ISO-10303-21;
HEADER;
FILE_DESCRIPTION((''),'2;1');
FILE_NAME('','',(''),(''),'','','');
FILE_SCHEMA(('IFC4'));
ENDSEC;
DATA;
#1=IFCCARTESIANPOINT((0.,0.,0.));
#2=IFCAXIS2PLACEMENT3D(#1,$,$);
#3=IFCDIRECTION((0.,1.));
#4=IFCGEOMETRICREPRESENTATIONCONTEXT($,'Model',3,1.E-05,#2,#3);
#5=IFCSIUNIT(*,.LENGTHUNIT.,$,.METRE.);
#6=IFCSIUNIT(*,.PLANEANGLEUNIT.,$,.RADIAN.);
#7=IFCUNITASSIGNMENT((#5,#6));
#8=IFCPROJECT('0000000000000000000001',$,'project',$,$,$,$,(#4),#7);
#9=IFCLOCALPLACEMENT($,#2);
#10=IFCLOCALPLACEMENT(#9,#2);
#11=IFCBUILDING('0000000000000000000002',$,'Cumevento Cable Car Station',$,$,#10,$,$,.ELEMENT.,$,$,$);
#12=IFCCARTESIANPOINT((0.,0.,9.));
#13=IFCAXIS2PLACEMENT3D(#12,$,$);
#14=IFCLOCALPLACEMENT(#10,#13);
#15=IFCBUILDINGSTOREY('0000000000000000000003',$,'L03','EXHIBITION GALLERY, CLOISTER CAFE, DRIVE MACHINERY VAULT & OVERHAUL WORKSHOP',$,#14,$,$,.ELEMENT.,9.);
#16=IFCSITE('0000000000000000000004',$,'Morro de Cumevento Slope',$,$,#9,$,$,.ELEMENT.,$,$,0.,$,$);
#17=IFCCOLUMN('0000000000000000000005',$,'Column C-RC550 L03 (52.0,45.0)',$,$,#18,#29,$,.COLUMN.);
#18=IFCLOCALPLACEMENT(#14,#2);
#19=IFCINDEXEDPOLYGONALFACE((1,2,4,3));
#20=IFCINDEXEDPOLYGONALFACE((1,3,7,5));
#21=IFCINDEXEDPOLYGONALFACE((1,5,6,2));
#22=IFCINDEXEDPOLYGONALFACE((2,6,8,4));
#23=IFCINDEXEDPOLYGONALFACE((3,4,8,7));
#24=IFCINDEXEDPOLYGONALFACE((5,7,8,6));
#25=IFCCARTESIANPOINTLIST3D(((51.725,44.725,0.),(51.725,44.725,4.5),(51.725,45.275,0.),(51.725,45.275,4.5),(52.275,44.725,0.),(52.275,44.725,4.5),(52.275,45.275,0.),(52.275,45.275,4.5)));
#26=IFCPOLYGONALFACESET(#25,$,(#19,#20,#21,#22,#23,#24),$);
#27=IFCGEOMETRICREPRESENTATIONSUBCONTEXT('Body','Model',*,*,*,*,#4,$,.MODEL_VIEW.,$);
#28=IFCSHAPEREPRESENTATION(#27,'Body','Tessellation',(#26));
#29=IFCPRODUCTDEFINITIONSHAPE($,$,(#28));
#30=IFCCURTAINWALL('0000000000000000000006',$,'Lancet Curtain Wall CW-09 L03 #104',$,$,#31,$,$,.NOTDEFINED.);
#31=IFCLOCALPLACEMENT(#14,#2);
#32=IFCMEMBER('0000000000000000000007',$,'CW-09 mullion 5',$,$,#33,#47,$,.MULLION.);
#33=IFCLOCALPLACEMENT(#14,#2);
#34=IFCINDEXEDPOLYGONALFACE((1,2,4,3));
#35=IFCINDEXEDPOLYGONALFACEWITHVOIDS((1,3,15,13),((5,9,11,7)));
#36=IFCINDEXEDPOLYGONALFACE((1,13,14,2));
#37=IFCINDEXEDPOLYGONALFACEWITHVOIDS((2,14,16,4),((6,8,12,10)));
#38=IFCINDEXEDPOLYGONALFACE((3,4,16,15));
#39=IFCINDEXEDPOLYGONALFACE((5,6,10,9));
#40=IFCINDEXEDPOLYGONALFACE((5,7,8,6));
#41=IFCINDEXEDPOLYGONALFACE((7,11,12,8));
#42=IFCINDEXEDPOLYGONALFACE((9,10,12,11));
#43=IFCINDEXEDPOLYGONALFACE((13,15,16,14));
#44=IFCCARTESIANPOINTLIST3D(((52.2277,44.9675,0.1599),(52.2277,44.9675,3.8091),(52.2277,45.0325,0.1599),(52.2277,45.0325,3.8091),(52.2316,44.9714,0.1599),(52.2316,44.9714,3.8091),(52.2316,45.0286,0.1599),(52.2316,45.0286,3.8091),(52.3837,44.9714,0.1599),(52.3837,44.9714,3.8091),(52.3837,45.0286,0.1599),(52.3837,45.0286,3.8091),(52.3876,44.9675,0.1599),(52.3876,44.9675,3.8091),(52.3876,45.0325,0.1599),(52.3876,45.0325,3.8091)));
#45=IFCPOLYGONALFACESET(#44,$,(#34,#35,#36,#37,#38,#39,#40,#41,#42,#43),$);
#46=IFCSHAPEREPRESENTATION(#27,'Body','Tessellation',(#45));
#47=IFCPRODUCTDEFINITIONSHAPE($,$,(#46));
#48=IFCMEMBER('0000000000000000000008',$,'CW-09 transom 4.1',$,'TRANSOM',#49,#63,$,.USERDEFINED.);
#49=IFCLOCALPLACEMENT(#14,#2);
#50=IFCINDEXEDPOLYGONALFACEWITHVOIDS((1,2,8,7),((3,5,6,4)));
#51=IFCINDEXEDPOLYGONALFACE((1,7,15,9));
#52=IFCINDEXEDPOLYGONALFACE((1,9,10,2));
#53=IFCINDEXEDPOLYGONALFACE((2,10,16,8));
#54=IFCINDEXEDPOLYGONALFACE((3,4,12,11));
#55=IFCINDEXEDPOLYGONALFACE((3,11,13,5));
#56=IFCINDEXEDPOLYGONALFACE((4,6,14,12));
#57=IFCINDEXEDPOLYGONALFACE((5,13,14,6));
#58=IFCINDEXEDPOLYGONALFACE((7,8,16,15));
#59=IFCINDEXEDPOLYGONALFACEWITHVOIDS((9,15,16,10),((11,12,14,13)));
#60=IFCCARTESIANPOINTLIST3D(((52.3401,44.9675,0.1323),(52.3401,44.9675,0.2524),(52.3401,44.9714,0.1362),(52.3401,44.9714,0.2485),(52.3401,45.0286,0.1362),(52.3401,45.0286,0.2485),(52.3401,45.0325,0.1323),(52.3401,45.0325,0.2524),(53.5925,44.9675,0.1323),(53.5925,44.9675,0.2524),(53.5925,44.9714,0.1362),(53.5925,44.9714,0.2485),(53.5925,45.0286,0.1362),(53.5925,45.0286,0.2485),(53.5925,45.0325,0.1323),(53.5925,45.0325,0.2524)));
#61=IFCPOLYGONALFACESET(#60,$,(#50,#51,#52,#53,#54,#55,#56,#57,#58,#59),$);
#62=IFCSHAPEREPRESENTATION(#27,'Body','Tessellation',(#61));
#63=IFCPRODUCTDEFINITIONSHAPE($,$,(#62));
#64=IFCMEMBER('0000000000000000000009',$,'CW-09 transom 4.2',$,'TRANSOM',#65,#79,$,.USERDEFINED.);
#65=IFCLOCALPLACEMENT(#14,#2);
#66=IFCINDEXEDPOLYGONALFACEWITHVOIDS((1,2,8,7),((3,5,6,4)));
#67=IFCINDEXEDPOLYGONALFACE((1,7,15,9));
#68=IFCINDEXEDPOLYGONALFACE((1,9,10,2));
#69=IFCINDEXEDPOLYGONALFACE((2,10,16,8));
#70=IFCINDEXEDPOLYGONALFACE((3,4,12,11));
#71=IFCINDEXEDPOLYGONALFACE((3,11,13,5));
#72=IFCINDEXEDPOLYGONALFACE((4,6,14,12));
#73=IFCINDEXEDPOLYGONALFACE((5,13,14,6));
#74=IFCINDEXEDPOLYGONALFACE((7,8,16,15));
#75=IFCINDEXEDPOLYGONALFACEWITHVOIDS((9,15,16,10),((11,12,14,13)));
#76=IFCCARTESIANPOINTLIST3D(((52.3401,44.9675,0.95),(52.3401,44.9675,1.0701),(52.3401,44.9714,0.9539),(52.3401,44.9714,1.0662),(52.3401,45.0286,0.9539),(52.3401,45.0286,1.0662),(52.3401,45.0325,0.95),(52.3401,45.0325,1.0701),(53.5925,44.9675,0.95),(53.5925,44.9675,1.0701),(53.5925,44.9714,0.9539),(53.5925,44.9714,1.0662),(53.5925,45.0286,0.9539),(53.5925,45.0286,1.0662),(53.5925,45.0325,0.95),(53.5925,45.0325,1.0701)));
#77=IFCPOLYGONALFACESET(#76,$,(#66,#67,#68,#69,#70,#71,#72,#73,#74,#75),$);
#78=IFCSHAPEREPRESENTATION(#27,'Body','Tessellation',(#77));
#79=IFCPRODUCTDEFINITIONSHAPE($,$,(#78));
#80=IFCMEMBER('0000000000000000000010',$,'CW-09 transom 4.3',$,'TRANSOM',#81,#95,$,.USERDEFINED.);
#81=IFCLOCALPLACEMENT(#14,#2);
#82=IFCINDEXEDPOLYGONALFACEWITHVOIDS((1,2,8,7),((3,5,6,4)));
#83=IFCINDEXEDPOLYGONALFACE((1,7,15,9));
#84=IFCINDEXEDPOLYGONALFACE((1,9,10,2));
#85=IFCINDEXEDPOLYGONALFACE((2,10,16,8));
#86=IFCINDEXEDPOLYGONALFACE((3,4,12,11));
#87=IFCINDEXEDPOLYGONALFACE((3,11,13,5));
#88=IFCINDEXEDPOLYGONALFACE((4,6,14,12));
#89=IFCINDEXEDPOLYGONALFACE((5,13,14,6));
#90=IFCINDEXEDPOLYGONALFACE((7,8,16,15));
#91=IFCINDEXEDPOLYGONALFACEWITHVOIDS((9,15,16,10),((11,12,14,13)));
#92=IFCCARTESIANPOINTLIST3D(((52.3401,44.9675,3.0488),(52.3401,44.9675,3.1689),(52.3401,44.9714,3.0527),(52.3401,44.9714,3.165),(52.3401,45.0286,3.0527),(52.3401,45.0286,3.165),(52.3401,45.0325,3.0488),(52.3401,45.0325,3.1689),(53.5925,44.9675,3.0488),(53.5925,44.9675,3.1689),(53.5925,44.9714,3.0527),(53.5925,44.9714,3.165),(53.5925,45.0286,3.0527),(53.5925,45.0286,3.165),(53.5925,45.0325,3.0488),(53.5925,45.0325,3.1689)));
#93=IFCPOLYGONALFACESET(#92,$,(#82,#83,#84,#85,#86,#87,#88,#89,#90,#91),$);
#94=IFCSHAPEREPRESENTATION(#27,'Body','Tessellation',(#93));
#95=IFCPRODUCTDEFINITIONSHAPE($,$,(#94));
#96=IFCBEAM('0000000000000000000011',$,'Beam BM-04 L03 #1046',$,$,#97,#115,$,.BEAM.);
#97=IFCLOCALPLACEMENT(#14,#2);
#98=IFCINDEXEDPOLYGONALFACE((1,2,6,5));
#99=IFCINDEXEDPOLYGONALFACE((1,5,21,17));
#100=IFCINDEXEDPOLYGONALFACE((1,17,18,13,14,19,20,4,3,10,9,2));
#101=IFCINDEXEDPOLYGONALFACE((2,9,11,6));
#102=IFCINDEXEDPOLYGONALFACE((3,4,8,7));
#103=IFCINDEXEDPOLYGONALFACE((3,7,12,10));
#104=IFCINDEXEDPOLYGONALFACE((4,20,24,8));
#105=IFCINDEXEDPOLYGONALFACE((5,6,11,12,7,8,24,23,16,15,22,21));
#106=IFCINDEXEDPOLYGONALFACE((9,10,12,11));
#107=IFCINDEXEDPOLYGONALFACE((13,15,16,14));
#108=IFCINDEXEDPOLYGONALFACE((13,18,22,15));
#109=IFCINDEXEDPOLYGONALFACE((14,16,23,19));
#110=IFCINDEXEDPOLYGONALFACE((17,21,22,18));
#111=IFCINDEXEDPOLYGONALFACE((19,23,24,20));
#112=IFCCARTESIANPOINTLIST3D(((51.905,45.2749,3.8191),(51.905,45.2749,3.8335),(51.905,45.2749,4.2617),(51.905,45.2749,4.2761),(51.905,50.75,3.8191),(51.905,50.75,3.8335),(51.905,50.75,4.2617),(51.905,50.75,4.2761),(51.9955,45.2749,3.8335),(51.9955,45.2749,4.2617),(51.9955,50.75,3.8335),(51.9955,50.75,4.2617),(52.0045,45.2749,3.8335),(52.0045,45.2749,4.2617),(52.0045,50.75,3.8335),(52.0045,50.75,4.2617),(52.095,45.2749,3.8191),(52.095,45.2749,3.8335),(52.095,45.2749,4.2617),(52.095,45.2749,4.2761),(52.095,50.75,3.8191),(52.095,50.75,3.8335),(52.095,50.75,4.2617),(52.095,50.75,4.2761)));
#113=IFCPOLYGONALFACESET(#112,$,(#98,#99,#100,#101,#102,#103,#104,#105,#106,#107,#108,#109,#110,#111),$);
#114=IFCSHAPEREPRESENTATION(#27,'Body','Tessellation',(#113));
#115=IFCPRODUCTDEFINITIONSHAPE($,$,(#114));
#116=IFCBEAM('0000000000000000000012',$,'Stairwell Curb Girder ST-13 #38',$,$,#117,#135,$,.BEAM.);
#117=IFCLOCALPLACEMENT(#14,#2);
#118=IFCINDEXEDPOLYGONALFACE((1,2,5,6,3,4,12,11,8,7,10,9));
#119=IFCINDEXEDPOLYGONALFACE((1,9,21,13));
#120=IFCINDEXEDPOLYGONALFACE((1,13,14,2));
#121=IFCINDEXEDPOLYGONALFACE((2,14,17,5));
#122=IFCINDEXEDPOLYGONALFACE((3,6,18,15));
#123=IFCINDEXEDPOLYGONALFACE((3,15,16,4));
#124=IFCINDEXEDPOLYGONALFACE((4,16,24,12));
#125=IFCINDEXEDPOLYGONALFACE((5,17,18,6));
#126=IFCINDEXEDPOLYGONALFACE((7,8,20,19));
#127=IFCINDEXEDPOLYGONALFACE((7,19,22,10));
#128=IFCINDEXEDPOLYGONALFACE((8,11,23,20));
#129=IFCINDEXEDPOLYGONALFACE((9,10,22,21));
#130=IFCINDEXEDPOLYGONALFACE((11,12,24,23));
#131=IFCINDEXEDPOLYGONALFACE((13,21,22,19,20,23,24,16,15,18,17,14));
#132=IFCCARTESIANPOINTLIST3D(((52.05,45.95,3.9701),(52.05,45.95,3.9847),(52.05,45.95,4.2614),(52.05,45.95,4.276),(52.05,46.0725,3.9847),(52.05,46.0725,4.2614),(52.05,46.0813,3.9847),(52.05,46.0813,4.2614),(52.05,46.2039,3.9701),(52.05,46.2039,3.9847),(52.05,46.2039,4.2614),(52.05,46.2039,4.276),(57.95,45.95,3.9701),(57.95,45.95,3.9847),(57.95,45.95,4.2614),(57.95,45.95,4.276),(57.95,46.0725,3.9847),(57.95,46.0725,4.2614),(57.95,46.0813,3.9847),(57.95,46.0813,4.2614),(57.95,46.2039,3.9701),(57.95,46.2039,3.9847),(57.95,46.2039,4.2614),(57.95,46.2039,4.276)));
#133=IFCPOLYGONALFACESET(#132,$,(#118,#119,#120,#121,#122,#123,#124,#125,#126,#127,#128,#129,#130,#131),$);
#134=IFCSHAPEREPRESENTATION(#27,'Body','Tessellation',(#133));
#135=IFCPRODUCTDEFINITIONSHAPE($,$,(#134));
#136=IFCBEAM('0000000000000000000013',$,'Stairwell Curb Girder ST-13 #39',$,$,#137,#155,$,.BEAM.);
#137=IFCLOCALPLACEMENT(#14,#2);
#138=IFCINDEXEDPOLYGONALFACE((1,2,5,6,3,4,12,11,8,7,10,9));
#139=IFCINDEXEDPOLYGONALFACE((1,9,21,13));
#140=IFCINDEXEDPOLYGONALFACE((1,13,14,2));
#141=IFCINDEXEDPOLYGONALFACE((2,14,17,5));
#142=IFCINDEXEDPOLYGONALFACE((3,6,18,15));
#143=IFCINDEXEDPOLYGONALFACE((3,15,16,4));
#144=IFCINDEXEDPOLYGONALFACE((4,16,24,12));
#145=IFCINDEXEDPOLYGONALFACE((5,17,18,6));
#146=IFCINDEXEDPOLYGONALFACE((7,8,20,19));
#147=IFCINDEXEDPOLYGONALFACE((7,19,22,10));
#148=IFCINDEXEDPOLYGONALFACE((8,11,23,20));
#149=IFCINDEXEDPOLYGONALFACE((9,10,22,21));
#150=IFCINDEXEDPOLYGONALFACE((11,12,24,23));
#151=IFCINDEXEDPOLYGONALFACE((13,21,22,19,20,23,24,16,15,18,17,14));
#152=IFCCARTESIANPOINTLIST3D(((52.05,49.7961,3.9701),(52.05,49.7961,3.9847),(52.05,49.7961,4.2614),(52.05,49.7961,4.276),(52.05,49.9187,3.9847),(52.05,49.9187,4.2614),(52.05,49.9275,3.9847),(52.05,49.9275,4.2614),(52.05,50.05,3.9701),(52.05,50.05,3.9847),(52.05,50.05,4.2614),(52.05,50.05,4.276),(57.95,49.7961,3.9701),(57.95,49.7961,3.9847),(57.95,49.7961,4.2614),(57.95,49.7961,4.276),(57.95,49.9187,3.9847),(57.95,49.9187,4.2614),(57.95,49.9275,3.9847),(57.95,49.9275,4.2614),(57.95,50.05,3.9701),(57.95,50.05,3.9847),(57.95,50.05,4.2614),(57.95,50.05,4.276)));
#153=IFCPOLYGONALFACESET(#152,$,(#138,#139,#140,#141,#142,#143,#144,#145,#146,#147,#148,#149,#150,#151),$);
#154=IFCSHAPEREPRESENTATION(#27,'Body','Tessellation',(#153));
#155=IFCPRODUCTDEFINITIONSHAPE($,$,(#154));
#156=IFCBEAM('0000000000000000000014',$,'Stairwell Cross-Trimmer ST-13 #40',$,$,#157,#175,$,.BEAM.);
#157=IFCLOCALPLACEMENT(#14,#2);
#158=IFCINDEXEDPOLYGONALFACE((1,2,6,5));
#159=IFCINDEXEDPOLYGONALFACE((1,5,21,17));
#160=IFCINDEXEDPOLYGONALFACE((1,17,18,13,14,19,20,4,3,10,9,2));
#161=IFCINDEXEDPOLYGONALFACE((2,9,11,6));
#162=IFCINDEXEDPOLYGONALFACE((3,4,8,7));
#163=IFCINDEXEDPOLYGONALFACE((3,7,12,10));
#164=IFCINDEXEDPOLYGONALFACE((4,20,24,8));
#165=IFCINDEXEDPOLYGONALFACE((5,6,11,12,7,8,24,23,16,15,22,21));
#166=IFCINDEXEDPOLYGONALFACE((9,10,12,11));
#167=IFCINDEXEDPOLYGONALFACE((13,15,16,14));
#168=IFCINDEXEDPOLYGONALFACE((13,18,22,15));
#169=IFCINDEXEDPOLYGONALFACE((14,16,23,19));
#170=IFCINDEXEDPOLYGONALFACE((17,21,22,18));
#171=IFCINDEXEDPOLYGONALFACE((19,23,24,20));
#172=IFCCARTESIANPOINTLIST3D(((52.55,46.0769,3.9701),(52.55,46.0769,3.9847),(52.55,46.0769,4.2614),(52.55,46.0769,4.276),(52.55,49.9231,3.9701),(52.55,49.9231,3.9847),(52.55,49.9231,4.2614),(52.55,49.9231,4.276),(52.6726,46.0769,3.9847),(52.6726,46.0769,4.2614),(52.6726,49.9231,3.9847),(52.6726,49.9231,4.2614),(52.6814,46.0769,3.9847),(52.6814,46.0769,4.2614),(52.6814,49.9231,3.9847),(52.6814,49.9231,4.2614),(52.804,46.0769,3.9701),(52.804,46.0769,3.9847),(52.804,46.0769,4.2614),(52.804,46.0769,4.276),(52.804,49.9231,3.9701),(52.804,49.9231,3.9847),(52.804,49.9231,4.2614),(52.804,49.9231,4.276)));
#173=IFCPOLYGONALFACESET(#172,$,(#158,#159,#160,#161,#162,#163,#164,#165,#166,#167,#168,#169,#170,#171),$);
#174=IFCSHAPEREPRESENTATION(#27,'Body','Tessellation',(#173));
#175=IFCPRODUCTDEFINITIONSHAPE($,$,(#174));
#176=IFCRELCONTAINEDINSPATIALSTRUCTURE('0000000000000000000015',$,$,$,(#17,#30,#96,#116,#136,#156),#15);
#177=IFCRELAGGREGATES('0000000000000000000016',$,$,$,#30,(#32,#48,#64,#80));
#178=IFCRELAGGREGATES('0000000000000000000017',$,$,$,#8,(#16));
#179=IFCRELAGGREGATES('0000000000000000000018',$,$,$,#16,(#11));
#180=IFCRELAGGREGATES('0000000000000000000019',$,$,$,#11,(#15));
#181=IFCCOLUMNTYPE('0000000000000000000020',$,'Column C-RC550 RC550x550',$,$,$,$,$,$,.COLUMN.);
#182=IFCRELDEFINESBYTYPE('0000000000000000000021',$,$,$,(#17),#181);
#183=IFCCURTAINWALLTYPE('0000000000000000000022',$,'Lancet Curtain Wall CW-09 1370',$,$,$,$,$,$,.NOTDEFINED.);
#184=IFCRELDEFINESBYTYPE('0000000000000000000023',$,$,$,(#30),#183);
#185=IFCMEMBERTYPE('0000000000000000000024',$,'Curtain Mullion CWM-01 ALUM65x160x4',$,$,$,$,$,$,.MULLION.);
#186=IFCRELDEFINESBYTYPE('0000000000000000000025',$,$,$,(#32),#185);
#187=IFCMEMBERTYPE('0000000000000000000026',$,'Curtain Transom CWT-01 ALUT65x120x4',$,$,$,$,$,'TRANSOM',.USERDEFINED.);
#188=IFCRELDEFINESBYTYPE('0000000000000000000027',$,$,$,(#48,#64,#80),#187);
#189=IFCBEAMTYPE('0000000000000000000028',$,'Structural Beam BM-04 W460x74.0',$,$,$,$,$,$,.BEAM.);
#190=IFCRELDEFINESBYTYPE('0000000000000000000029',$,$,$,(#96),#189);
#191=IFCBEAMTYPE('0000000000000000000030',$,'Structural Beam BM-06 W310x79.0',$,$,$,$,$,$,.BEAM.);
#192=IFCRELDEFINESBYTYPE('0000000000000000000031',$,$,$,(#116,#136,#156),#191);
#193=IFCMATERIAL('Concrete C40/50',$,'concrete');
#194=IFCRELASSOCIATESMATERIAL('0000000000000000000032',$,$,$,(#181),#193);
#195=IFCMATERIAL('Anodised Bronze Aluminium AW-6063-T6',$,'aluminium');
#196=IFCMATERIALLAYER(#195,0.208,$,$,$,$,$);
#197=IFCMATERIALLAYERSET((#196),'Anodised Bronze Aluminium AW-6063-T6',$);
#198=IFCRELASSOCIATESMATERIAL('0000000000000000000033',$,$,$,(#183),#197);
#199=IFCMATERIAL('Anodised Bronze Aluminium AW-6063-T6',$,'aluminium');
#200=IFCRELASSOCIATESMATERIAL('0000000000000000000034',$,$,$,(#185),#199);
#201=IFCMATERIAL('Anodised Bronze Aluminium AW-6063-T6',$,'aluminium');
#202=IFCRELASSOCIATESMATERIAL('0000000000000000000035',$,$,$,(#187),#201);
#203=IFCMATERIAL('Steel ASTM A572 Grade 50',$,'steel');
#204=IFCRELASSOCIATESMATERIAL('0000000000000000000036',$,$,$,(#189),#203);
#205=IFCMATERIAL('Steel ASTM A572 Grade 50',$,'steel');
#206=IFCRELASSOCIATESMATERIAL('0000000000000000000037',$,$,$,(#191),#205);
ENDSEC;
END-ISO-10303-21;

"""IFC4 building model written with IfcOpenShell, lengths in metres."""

from ifc_helpers import new_model, si_unit, direction, frame, origin, origin_2d, place, context, subcontext, project, spatial, rectangle, hollow_rectangle, i_section, extrude, material, layer, layer_set, material_profile, profile_set, type_object, element, aggregate, save


model = new_model("IFC4")

# Units and contexts
model_context = context("Model", 3, precision=1e-05, world=origin(), true_north=direction((0.0, 1.0)))
body_context = subcontext(model_context, "Body", "Model", "MODEL_VIEW")
ifc_project = project(units=[si_unit("LENGTHUNIT", "METRE"), si_unit("PLANEANGLEUNIT", "RADIAN")], contexts=[model_context])

# Site, building, storey
site_placement = place(None, origin())
site = spatial("IfcSite", under=ifc_project, at=site_placement, Name="Morro de Cumevento Slope", CompositionType="ELEMENT", RefElevation=0.0)
building_placement = place(site_placement, origin())
building = spatial("IfcBuilding", under=site, at=building_placement, Name="Cumevento Cable Car Station", CompositionType="ELEMENT")
storey_placement = place(building_placement, frame((0.0, 0.0, 9.0)))
storey = spatial("IfcBuildingStorey", under=building, at=storey_placement, Name="L03", Description="EXHIBITION GALLERY, CLOISTER CAFE, DRIVE MACHINERY VAULT & OVERHAUL WORKSHOP", CompositionType="ELEMENT", Elevation=9.0)

# Column
ifc_material_1 = material(Name="Concrete C40/50", Category="concrete")
ifc_material_profile_1 = material_profile(ifc_material_1, rectangle(XDim=0.55, YDim=0.55, at=origin_2d()), Name="RC550x550")
ifc_profile_set_1 = profile_set([ifc_material_profile_1], Name="Concrete C40/50")
column_type = type_object("IfcColumnType", Name="Column C-RC550 RC550x550", PredefinedType="COLUMN", material=ifc_profile_set_1)
column_placement = place(storey_placement, frame((52.0, 45.0, 0.0), z_axis=(0.0, 0.0, 1.0), x_axis=(1.0, 0.0, 0.0)))
element("IfcColumn", 1, at=column_placement, inside=storey, type_object=column_type, Name="Column C-RC550 L03 (52.0,45.0)", PredefinedType="COLUMN", context=body_context, shape_type="SweptSolid", body=[
    extrude(rectangle(XDim=0.55, YDim=0.55, at=origin_2d()), origin(), (0.0, 0.0, 1.0), 4.5),
])

# Curtain wall, members
ifc_material_2 = material(Name="Anodised Bronze Aluminium AW-6063-T6", Category="aluminium")
ifc_layer_1 = layer(ifc_material_2, 0.208)
ifc_layer_set_1 = layer_set([ifc_layer_1], Name="Anodised Bronze Aluminium AW-6063-T6")
curtain_wall_type = type_object("IfcCurtainWallType", Name="Lancet Curtain Wall CW-09 1370", PredefinedType="NOTDEFINED", material=ifc_layer_set_1)
curtain_wall_placement = place(storey_placement, origin())
curtain_wall = element("IfcCurtainWall", 2, at=curtain_wall_placement, inside=storey, type_object=curtain_wall_type, Name="Lancet Curtain Wall CW-09 L03 #104", PredefinedType="NOTDEFINED")
ifc_material_3 = material(Name="Anodised Bronze Aluminium AW-6063-T6", Category="aluminium")
ifc_material_profile_2 = material_profile(ifc_material_3, hollow_rectangle(XDim=0.0649, YDim=0.1599, WallThickness=0.0039, at=origin_2d()), Name="ALUM65x160x4")
ifc_profile_set_2 = profile_set([ifc_material_profile_2], Name="Anodised Bronze Aluminium AW-6063-T6")
member_type_1 = type_object("IfcMemberType", Name="Curtain Mullion CWM-01 ALUM65x160x4", PredefinedType="MULLION", material=ifc_profile_set_2)
member_1_placement = place(storey_placement, frame((52.3076, 45.0, 0.1599), z_axis=(0.0, 0.0, 1.0), x_axis=(0.0, -1.0, 0.0)))
member_1 = element("IfcMember", 3, at=member_1_placement, type_object=member_type_1, Name="CW-09 mullion 5", PredefinedType="MULLION", context=body_context, shape_type="SweptSolid", body=[
    extrude(hollow_rectangle(XDim=0.0649, YDim=0.1599, WallThickness=0.0039, at=origin_2d()), origin(), (0.0, 0.0, 1.0), 3.6492),
])
ifc_material_4 = material(Name="Anodised Bronze Aluminium AW-6063-T6", Category="aluminium")
ifc_material_profile_3 = material_profile(ifc_material_4, hollow_rectangle(XDim=0.0649, YDim=0.1201, WallThickness=0.0039, at=origin_2d()), Name="ALUT65x120x4")
ifc_profile_set_3 = profile_set([ifc_material_profile_3], Name="Anodised Bronze Aluminium AW-6063-T6")
member_type_2 = type_object("IfcMemberType", Name="Curtain Transom CWT-01 ALUT65x120x4", ElementType="TRANSOM", PredefinedType="USERDEFINED", material=ifc_profile_set_3)
member_2_placement = place(storey_placement, frame((53.5925, 45.0, 0.1924), z_axis=(-1.0, 0.0, 0.0), x_axis=(0.0, -1.0, 0.0)))
member_2 = element("IfcMember", 4, at=member_2_placement, type_object=member_type_2, Name="CW-09 transom 4.1", ObjectType="TRANSOM", PredefinedType="USERDEFINED", context=body_context, shape_type="SweptSolid", body=[
    extrude(hollow_rectangle(XDim=0.0649, YDim=0.1201, WallThickness=0.0039, at=origin_2d()), origin(), (0.0, 0.0, 1.0), 1.2524),
])
member_3_placement = place(storey_placement, frame((53.5925, 45.0, 1.01), z_axis=(-1.0, 0.0, 0.0), x_axis=(0.0, -1.0, 0.0)))
member_3 = element("IfcMember", 5, at=member_3_placement, type_object=member_type_2, Name="CW-09 transom 4.2", ObjectType="TRANSOM", PredefinedType="USERDEFINED", context=body_context, shape_type="SweptSolid", body=[
    extrude(hollow_rectangle(XDim=0.0649, YDim=0.1201, WallThickness=0.0039, at=origin_2d()), origin(), (0.0, 0.0, 1.0), 1.2524),
])
member_4_placement = place(storey_placement, frame((53.5925, 45.0, 3.1089), z_axis=(-1.0, 0.0, 0.0), x_axis=(0.0, -1.0, 0.0)))
member_4 = element("IfcMember", 6, at=member_4_placement, type_object=member_type_2, Name="CW-09 transom 4.3", ObjectType="TRANSOM", PredefinedType="USERDEFINED", context=body_context, shape_type="SweptSolid", body=[
    extrude(hollow_rectangle(XDim=0.0649, YDim=0.1201, WallThickness=0.0039, at=origin_2d()), origin(), (0.0, 0.0, 1.0), 1.2524),
])

# Beams
ifc_material_5 = material(Name="Steel ASTM A572 Grade 50", Category="steel")
ifc_material_profile_4 = material_profile(ifc_material_5, i_section(OverallWidth=0.1899, OverallDepth=0.457, WebThickness=0.009, FlangeThickness=0.0144, at=origin_2d()), Name="W460x74.0")
ifc_profile_set_4 = profile_set([ifc_material_profile_4], Name="Steel ASTM A572 Grade 50")
beam_type_1 = type_object("IfcBeamType", Name="Structural Beam BM-04 W460x74.0", PredefinedType="BEAM", material=ifc_profile_set_4)
beam_1_placement = place(storey_placement, frame((52.0, 45.2749, 4.0476), z_axis=(0.0, 1.0, 0.0), x_axis=(-1.0, 0.0, 0.0)))
element("IfcBeam", 7, at=beam_1_placement, inside=storey, type_object=beam_type_1, Name="Beam BM-04 L03 #1046", PredefinedType="BEAM", context=body_context, shape_type="SweptSolid", body=[
    extrude(i_section(OverallWidth=0.1899, OverallDepth=0.457, WebThickness=0.009, FlangeThickness=0.0144, at=origin_2d()), origin(), (0.0, 0.0, 1.0), 5.4751),
])
ifc_material_6 = material(Name="Steel ASTM A572 Grade 50", Category="steel")
ifc_material_profile_5 = material_profile(ifc_material_6, i_section(OverallWidth=0.2539, OverallDepth=0.3059, WebThickness=0.0088, FlangeThickness=0.0146, at=origin_2d()), Name="W310x79.0")
ifc_profile_set_5 = profile_set([ifc_material_profile_5], Name="Steel ASTM A572 Grade 50")
beam_type_2 = type_object("IfcBeamType", Name="Structural Beam BM-06 W310x79.0", PredefinedType="BEAM", material=ifc_profile_set_5)
for number, where, z_axis, x_axis, name in (
    (8, (52.05, 46.0769, 4.123), (1.0, 0.0, 0.0), (0.0, 1.0, 0.0), "Stairwell Curb Girder ST-13 #38"),
    (9, (52.05, 49.9231, 4.123), (1.0, 0.0, 0.0), (0.0, 1.0, 0.0), "Stairwell Curb Girder ST-13 #39"),
):
    element("IfcBeam", number, at=place(storey_placement, frame(where, z_axis=z_axis, x_axis=x_axis)), inside=storey, type_object=beam_type_2, Name=name, PredefinedType="BEAM", context=body_context, shape_type="SweptSolid", body=[
        extrude(i_section(OverallWidth=0.2539, OverallDepth=0.3059, WebThickness=0.0088, FlangeThickness=0.0146, at=origin_2d()), origin(), (0.0, 0.0, 1.0), 5.8999),
    ])
beam_2_placement = place(storey_placement, frame((52.677, 46.0769, 4.123), z_axis=(0.0, 1.0, 0.0), x_axis=(-1.0, 0.0, 0.0)))
element("IfcBeam", 10, at=beam_2_placement, inside=storey, type_object=beam_type_2, Name="Stairwell Cross-Trimmer ST-13 #40", PredefinedType="BEAM", context=body_context, shape_type="SweptSolid", body=[
    extrude(i_section(OverallWidth=0.2539, OverallDepth=0.3059, WebThickness=0.0088, FlangeThickness=0.0146, at=origin_2d()), origin(), (0.0, 0.0, 1.0), 3.8462),
])

aggregate(curtain_wall, [member_1, member_2, member_3, member_4])

save(model, "model.ifc")
